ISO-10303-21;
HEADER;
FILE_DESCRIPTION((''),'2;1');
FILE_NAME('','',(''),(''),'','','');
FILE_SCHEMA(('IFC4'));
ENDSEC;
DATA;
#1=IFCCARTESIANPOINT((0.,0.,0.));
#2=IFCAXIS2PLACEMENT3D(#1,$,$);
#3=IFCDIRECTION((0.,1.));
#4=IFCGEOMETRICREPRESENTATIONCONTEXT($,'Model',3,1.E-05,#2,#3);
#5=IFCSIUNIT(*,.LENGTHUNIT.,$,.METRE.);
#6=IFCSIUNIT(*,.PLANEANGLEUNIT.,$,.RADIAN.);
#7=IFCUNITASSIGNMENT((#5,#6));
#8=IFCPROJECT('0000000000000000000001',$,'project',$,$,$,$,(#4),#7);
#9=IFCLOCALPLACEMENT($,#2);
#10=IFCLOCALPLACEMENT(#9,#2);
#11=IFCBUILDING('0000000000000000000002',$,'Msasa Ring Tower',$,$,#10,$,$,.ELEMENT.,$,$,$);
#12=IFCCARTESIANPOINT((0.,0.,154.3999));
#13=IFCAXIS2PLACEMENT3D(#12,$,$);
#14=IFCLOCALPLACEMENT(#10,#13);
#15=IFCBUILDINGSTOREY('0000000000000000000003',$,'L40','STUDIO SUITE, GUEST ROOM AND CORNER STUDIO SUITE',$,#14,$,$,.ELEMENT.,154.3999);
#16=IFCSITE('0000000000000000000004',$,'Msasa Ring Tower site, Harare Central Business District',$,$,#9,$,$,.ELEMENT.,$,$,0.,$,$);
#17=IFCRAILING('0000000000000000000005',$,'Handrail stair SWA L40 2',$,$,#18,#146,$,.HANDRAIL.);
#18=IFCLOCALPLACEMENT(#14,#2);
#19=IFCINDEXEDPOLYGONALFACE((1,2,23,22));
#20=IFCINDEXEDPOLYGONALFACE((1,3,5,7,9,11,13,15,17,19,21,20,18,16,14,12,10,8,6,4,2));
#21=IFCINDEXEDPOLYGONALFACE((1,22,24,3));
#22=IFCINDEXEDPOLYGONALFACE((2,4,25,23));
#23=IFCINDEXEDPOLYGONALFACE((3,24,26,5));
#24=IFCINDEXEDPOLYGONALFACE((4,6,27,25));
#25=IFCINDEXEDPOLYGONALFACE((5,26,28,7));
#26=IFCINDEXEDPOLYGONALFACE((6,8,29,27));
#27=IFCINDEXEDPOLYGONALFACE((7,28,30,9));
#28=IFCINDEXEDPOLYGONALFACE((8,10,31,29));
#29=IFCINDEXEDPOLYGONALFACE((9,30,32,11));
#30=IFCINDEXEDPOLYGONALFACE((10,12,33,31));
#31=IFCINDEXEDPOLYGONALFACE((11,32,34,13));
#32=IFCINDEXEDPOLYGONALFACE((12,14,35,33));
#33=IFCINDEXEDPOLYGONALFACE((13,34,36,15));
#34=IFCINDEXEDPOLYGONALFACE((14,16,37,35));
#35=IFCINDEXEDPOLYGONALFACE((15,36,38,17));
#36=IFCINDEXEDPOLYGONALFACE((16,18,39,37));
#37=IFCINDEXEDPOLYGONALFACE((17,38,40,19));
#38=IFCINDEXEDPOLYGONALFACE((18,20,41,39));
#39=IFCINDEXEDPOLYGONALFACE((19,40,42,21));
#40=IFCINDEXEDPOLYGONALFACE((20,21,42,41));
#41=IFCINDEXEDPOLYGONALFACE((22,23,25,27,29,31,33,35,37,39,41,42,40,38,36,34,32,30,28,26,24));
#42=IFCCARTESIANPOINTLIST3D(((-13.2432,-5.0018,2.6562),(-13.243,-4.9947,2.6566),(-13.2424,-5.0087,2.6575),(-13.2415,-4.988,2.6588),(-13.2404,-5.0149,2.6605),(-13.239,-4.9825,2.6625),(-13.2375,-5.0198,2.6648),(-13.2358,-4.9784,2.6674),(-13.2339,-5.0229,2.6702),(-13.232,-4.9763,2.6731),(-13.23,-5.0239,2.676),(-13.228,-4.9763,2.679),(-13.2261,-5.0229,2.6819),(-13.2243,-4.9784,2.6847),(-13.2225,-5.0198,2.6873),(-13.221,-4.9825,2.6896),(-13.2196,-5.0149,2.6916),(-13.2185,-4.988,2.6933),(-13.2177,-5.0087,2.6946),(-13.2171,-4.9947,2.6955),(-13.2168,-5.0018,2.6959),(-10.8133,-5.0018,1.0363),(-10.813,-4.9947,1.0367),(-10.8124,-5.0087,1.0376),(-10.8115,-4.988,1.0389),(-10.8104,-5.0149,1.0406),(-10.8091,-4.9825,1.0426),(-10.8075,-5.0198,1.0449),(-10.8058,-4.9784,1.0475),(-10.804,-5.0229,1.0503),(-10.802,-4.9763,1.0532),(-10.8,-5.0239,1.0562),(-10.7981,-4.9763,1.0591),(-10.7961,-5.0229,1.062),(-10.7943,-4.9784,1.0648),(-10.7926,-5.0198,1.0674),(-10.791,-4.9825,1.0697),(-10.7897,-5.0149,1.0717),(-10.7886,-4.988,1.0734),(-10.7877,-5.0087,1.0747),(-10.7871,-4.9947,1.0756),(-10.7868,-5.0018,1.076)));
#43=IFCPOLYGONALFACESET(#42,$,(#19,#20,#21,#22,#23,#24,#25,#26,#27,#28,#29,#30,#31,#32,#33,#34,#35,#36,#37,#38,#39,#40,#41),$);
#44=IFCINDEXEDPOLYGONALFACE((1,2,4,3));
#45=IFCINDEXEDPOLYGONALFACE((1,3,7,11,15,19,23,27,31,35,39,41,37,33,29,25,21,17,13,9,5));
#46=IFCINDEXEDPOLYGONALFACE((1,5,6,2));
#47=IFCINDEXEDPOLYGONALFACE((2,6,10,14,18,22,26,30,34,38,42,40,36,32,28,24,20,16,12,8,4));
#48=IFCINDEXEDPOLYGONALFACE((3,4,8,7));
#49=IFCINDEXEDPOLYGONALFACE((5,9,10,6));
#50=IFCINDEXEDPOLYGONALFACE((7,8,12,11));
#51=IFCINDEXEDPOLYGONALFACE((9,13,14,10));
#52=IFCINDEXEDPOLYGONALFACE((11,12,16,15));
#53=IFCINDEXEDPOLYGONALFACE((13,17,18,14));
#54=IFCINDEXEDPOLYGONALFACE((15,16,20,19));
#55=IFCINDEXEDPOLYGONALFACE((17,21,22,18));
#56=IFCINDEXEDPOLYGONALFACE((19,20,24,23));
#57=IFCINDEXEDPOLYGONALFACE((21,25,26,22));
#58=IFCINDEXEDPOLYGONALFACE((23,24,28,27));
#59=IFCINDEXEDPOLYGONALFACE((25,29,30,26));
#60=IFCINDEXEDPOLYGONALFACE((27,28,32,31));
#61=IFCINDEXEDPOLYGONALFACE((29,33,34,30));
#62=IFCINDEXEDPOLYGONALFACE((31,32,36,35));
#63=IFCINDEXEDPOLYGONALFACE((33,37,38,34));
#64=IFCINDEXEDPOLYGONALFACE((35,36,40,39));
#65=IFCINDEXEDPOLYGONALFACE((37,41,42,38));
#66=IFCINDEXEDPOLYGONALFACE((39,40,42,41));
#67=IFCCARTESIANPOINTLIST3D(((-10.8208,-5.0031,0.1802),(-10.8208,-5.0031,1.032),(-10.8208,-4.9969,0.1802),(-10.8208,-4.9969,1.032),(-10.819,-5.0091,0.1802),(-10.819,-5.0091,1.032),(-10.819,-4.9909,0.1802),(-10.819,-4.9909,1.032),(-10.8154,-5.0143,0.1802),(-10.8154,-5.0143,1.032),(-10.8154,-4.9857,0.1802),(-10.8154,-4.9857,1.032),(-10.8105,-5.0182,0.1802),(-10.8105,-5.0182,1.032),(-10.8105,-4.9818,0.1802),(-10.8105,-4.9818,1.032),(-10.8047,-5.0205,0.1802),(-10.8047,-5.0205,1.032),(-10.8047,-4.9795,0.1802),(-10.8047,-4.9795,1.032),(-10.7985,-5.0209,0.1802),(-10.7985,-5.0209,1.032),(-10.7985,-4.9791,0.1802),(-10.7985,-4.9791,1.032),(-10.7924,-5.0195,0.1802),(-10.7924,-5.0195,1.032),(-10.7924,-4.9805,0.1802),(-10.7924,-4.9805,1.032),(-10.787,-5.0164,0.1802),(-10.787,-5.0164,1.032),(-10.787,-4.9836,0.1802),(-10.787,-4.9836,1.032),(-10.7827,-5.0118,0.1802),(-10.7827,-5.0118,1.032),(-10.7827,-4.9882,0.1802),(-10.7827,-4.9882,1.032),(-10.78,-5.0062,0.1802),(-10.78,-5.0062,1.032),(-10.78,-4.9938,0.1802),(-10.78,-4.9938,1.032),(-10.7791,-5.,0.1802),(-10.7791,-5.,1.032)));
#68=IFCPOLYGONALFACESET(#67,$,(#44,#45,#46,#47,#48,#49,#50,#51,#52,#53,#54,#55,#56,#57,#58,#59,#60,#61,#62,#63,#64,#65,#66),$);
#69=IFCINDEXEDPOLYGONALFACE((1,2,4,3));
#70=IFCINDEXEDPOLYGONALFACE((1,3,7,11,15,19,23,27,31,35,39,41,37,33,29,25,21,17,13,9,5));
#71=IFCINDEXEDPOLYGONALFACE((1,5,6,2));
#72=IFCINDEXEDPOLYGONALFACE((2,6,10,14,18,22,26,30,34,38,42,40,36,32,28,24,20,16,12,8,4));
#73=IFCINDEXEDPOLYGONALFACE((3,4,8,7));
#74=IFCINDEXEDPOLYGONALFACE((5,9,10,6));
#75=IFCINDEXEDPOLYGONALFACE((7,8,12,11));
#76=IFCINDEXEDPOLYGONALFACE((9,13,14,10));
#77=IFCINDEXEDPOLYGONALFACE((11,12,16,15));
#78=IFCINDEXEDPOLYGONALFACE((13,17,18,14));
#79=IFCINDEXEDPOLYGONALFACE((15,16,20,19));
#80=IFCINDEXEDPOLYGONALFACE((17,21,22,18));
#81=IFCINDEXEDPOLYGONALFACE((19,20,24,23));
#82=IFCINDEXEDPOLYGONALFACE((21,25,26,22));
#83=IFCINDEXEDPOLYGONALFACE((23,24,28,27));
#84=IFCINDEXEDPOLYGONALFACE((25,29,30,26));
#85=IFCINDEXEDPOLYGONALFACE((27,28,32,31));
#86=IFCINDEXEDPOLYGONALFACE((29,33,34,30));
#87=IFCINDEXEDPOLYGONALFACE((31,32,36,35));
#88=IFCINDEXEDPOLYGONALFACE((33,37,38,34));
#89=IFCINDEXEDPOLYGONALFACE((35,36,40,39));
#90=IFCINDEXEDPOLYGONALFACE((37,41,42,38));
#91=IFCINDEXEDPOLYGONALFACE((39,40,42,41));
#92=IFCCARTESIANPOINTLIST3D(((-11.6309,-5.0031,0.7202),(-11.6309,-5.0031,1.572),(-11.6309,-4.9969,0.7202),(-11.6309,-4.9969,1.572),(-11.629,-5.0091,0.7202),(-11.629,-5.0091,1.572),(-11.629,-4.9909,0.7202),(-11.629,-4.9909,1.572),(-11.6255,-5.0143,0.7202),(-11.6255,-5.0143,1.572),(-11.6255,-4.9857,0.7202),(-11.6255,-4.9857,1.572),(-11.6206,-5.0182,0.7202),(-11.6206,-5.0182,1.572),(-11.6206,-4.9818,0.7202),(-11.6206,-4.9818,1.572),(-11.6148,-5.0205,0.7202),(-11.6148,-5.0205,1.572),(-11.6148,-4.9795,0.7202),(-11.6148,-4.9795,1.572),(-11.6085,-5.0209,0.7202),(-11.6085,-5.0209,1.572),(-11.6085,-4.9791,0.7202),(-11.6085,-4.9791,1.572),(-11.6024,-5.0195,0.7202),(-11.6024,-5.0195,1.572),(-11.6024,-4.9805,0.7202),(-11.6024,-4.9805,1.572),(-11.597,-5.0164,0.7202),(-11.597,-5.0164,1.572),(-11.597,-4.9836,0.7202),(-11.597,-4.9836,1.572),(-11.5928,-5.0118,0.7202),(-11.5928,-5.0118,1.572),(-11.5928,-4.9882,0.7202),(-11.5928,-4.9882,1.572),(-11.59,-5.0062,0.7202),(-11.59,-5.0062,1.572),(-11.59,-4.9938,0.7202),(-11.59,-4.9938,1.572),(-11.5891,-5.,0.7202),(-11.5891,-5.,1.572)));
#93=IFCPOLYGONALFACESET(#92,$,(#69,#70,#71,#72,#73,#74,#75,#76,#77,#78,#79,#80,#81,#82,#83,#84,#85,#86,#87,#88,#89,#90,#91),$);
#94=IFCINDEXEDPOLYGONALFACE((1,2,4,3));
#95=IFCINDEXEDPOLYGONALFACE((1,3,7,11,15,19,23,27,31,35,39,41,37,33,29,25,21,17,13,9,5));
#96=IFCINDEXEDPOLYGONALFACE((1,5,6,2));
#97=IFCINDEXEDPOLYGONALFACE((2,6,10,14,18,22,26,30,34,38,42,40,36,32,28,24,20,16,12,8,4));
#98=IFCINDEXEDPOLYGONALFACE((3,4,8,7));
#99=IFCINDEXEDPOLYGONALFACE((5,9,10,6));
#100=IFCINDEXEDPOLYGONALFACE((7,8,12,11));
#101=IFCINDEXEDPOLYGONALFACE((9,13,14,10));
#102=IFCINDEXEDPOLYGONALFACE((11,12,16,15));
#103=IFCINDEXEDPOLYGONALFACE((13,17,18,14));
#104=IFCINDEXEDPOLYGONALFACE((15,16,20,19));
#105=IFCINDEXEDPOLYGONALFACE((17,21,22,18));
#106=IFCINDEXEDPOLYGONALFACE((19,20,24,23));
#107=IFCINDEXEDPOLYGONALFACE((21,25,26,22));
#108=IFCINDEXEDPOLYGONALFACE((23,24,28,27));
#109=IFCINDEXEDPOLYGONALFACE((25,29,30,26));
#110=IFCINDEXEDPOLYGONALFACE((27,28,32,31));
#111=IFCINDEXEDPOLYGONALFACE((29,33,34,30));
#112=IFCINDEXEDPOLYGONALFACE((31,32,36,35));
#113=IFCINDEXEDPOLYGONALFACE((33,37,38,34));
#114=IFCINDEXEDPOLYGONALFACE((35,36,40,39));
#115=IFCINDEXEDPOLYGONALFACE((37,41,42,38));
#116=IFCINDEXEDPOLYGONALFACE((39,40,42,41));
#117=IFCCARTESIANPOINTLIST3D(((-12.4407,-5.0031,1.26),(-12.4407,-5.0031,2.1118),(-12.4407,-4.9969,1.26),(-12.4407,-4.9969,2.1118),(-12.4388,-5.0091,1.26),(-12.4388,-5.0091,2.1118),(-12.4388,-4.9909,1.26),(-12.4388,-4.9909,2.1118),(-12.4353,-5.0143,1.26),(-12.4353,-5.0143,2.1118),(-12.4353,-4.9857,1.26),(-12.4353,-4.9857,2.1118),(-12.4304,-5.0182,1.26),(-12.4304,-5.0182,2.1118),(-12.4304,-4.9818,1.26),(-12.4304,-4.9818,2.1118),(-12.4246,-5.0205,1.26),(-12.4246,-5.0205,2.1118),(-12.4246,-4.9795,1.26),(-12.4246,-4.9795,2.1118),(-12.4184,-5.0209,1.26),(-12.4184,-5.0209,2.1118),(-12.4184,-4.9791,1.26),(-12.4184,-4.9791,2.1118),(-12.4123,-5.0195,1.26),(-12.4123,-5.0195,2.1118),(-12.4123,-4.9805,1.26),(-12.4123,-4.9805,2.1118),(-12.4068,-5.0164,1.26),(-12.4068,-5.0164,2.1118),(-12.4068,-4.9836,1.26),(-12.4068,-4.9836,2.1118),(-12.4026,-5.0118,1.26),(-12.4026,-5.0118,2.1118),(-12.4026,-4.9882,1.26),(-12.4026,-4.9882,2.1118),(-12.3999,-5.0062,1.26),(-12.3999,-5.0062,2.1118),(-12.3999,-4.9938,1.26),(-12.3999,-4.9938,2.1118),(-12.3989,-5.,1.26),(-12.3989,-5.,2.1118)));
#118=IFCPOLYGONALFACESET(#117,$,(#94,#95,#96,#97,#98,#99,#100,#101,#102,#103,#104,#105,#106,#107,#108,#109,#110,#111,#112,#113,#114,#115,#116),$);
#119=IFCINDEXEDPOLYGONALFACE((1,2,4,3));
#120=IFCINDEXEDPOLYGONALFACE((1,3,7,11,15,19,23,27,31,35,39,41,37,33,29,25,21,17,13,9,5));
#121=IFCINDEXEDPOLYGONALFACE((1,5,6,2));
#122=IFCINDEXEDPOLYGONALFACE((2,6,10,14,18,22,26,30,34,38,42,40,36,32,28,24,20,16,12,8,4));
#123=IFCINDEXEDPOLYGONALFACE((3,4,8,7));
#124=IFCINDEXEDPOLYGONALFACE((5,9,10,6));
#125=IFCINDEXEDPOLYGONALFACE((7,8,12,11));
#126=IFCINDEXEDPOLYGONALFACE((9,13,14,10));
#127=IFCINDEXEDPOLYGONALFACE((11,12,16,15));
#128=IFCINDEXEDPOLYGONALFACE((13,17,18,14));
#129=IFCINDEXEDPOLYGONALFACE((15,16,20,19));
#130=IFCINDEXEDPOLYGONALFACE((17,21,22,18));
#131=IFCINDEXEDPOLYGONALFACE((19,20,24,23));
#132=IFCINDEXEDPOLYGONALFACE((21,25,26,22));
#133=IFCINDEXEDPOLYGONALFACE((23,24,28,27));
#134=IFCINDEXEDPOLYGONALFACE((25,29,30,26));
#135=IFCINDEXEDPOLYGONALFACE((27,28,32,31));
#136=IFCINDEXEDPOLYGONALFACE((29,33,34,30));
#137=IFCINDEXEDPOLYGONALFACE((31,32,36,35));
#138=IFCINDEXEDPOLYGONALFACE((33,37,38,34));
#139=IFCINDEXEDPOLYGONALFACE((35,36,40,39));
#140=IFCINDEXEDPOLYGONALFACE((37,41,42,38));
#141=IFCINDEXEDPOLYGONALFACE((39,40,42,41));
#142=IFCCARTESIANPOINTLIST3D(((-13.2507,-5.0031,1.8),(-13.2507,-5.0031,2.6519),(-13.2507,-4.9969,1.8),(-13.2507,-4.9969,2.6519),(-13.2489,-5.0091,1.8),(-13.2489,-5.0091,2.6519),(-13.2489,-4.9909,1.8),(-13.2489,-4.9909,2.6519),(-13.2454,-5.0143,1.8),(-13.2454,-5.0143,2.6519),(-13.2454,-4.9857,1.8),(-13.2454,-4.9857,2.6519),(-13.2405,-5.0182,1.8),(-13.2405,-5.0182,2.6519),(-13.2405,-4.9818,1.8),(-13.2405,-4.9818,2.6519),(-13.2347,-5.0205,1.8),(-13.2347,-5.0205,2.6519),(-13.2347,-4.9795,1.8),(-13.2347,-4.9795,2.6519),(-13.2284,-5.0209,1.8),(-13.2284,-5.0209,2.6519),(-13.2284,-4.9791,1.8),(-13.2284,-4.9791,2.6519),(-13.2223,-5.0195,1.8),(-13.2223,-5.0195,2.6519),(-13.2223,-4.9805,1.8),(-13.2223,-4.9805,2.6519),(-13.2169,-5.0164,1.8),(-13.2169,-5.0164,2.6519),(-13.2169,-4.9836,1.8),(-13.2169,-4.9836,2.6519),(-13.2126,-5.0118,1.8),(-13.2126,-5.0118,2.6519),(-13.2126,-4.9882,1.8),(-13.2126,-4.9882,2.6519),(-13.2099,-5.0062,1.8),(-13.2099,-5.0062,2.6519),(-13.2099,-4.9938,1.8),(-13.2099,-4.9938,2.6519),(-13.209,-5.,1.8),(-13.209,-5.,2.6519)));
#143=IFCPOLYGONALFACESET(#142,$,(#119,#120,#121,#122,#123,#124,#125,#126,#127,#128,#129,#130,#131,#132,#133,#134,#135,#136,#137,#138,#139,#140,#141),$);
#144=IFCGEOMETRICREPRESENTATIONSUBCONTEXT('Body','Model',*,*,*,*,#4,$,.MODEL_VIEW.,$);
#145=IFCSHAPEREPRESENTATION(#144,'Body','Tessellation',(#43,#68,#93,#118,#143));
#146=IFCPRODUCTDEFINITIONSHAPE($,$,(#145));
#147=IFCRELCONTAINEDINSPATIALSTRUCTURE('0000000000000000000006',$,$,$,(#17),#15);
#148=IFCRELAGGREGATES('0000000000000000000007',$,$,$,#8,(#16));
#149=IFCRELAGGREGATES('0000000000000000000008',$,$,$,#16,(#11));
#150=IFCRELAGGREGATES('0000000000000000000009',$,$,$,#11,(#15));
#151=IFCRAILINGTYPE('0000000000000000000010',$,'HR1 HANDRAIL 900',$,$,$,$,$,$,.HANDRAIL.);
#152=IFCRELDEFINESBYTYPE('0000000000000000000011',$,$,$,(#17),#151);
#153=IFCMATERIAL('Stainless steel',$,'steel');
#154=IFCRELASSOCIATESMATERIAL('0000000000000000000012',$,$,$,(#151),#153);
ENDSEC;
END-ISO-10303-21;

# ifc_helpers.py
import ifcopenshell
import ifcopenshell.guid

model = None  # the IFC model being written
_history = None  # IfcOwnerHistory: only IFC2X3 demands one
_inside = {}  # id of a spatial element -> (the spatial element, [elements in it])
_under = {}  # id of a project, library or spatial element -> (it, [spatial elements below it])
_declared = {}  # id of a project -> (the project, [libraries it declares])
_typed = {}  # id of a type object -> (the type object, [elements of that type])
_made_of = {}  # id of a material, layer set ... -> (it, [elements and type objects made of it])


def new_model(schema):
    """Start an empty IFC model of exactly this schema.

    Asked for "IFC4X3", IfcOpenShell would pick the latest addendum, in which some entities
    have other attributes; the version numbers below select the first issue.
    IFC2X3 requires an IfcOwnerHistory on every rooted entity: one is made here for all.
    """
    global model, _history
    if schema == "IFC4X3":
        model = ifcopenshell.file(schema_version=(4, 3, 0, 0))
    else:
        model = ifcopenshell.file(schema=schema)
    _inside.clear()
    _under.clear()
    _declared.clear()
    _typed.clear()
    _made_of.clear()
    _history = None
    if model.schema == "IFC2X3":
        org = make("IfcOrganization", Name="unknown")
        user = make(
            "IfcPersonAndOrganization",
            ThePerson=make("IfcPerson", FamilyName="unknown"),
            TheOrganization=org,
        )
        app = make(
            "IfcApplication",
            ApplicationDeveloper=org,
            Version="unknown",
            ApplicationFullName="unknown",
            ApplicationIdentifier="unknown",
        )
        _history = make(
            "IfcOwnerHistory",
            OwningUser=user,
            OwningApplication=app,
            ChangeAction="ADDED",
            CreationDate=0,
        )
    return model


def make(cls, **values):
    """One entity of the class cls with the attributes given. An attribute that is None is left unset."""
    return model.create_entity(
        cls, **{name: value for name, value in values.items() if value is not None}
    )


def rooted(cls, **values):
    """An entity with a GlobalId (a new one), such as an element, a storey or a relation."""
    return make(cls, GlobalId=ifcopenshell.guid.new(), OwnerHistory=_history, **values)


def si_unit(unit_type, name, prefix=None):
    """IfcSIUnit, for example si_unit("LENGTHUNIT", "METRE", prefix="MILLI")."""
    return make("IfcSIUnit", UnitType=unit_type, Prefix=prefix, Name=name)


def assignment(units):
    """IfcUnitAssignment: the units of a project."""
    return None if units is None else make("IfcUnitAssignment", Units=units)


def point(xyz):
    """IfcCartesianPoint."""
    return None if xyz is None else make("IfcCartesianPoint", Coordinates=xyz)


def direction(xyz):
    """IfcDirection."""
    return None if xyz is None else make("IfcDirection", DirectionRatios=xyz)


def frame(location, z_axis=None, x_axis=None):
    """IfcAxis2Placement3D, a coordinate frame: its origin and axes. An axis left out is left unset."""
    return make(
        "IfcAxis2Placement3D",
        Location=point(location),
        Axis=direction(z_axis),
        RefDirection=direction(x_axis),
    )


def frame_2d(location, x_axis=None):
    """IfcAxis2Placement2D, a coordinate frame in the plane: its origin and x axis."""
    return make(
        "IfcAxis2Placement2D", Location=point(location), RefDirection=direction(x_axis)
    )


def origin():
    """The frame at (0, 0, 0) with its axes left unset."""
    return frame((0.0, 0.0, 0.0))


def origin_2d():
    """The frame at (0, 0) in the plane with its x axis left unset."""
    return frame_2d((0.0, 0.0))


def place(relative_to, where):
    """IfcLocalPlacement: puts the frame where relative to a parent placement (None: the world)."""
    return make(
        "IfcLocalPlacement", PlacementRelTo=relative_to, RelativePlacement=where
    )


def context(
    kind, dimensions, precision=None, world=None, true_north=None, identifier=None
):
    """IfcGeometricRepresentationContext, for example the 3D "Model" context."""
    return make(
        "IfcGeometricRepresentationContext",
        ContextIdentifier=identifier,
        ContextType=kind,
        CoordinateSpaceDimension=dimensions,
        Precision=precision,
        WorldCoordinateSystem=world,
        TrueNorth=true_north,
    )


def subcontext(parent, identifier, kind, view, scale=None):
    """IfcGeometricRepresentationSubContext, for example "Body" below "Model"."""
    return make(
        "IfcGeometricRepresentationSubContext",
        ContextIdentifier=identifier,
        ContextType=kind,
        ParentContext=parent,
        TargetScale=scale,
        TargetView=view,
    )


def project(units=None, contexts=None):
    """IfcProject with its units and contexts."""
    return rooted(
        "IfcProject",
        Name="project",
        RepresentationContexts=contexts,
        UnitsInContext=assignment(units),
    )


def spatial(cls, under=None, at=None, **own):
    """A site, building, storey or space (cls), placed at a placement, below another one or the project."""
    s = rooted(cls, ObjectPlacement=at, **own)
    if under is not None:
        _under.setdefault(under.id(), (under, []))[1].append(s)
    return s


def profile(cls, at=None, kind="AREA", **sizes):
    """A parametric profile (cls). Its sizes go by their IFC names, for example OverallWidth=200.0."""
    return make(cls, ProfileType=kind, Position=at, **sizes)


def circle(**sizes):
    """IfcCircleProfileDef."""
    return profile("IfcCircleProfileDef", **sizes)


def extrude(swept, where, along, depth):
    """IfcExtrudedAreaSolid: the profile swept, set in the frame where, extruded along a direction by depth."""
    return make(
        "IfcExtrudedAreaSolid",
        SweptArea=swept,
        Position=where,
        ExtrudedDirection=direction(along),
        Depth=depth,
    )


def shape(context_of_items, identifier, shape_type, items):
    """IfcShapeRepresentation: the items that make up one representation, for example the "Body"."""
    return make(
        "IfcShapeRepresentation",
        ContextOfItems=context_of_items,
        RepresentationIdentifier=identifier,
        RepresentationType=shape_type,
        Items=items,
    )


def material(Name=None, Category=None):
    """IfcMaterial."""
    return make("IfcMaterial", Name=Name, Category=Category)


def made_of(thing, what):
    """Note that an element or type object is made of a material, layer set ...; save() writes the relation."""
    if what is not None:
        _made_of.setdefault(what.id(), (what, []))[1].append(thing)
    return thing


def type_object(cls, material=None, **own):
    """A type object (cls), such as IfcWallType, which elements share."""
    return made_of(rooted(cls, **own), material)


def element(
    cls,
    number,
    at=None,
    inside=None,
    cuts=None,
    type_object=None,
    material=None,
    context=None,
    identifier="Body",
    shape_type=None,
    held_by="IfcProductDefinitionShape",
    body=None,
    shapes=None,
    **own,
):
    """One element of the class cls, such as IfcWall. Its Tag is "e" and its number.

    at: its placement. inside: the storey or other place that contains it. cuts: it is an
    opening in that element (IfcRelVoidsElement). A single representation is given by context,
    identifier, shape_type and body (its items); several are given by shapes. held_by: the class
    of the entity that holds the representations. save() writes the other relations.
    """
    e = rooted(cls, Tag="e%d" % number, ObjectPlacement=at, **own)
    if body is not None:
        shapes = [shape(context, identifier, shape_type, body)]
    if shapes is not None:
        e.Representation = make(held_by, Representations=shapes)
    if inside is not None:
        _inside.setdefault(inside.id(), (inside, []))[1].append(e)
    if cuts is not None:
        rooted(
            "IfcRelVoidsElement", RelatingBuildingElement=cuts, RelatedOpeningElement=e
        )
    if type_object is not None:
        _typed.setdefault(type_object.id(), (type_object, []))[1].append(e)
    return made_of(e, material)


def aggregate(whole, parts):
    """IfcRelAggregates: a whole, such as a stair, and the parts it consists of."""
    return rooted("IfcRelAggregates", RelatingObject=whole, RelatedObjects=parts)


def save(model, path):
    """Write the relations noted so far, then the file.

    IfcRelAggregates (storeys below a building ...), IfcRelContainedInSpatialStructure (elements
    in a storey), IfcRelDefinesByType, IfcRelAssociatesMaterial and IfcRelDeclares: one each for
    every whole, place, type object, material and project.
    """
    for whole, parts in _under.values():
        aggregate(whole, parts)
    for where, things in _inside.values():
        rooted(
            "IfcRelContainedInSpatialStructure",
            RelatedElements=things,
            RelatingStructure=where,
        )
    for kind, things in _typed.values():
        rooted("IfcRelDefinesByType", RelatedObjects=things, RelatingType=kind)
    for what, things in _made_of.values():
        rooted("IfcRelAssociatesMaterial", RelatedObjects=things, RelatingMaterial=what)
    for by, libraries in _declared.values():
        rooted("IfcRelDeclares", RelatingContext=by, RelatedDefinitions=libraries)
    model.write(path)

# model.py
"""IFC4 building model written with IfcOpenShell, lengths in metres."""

from ifc_helpers import new_model, si_unit, direction, frame, origin, origin_2d, place, context, subcontext, project, spatial, circle, extrude, material, type_object, element, save


model = new_model("IFC4")

# Units and contexts
model_context = context("Model", 3, precision=1e-05, world=origin(), true_north=direction((0.0, 1.0)))
body_context = subcontext(model_context, "Body", "Model", "MODEL_VIEW")
ifc_project = project(units=[si_unit("LENGTHUNIT", "METRE"), si_unit("PLANEANGLEUNIT", "RADIAN")], contexts=[model_context])

# Site, building, storey
site_placement = place(None, origin())
site = spatial("IfcSite", under=ifc_project, at=site_placement, Name="Msasa Ring Tower site, Harare Central Business District", CompositionType="ELEMENT", RefElevation=0.0)
building_placement = place(site_placement, origin())
building = spatial("IfcBuilding", under=site, at=building_placement, Name="Msasa Ring Tower", CompositionType="ELEMENT")
storey_placement = place(building_placement, frame((0.0, 0.0, 154.3999)))
storey = spatial("IfcBuildingStorey", under=building, at=storey_placement, Name="L40", Description="STUDIO SUITE, GUEST ROOM AND CORNER STUDIO SUITE", CompositionType="ELEMENT", Elevation=154.3999)

# Railing
ifc_material_1 = material(Name="Stainless steel", Category="steel")
railing_type = type_object("IfcRailingType", Name="HR1 HANDRAIL 900", PredefinedType="HANDRAIL", material=ifc_material_1)
for number, where, name in (
    (1, (-10.8, -5.0, 0.1802), "Handrail stair SWA L40 2"),
):
    element("IfcRailing", number, at=place(storey_placement, frame(where)), inside=storey, type_object=railing_type, Name=name, PredefinedType="HANDRAIL", context=body_context, shape_type="SweptSolid", body=[
        extrude(circle(Radius=0.0239, at=origin_2d()), frame((0.0, 0.0, 0.876), z_axis=(-0.832063, 0.0, 0.554681), x_axis=(0.0, -1.0, 0.0)), (0.0, 0.0, 1.0), 2.9204),
        extrude(circle(Radius=0.021, at=origin_2d()), origin(), (0.0, 0.0, 1.0), 0.8518),
        extrude(circle(Radius=0.021, at=origin_2d()), frame((-0.8101, 0.0, 0.54)), (0.0, 0.0, 1.0), 0.8518),
        extrude(circle(Radius=0.021, at=origin_2d()), frame((-1.6199, 0.0, 1.0798)), (0.0, 0.0, 1.0), 0.8518),
        extrude(circle(Radius=0.021, at=origin_2d()), frame((-2.4299, 0.0, 1.6199)), (0.0, 0.0, 1.0), 0.8518),
    ])

save(model, "model.ifc")
